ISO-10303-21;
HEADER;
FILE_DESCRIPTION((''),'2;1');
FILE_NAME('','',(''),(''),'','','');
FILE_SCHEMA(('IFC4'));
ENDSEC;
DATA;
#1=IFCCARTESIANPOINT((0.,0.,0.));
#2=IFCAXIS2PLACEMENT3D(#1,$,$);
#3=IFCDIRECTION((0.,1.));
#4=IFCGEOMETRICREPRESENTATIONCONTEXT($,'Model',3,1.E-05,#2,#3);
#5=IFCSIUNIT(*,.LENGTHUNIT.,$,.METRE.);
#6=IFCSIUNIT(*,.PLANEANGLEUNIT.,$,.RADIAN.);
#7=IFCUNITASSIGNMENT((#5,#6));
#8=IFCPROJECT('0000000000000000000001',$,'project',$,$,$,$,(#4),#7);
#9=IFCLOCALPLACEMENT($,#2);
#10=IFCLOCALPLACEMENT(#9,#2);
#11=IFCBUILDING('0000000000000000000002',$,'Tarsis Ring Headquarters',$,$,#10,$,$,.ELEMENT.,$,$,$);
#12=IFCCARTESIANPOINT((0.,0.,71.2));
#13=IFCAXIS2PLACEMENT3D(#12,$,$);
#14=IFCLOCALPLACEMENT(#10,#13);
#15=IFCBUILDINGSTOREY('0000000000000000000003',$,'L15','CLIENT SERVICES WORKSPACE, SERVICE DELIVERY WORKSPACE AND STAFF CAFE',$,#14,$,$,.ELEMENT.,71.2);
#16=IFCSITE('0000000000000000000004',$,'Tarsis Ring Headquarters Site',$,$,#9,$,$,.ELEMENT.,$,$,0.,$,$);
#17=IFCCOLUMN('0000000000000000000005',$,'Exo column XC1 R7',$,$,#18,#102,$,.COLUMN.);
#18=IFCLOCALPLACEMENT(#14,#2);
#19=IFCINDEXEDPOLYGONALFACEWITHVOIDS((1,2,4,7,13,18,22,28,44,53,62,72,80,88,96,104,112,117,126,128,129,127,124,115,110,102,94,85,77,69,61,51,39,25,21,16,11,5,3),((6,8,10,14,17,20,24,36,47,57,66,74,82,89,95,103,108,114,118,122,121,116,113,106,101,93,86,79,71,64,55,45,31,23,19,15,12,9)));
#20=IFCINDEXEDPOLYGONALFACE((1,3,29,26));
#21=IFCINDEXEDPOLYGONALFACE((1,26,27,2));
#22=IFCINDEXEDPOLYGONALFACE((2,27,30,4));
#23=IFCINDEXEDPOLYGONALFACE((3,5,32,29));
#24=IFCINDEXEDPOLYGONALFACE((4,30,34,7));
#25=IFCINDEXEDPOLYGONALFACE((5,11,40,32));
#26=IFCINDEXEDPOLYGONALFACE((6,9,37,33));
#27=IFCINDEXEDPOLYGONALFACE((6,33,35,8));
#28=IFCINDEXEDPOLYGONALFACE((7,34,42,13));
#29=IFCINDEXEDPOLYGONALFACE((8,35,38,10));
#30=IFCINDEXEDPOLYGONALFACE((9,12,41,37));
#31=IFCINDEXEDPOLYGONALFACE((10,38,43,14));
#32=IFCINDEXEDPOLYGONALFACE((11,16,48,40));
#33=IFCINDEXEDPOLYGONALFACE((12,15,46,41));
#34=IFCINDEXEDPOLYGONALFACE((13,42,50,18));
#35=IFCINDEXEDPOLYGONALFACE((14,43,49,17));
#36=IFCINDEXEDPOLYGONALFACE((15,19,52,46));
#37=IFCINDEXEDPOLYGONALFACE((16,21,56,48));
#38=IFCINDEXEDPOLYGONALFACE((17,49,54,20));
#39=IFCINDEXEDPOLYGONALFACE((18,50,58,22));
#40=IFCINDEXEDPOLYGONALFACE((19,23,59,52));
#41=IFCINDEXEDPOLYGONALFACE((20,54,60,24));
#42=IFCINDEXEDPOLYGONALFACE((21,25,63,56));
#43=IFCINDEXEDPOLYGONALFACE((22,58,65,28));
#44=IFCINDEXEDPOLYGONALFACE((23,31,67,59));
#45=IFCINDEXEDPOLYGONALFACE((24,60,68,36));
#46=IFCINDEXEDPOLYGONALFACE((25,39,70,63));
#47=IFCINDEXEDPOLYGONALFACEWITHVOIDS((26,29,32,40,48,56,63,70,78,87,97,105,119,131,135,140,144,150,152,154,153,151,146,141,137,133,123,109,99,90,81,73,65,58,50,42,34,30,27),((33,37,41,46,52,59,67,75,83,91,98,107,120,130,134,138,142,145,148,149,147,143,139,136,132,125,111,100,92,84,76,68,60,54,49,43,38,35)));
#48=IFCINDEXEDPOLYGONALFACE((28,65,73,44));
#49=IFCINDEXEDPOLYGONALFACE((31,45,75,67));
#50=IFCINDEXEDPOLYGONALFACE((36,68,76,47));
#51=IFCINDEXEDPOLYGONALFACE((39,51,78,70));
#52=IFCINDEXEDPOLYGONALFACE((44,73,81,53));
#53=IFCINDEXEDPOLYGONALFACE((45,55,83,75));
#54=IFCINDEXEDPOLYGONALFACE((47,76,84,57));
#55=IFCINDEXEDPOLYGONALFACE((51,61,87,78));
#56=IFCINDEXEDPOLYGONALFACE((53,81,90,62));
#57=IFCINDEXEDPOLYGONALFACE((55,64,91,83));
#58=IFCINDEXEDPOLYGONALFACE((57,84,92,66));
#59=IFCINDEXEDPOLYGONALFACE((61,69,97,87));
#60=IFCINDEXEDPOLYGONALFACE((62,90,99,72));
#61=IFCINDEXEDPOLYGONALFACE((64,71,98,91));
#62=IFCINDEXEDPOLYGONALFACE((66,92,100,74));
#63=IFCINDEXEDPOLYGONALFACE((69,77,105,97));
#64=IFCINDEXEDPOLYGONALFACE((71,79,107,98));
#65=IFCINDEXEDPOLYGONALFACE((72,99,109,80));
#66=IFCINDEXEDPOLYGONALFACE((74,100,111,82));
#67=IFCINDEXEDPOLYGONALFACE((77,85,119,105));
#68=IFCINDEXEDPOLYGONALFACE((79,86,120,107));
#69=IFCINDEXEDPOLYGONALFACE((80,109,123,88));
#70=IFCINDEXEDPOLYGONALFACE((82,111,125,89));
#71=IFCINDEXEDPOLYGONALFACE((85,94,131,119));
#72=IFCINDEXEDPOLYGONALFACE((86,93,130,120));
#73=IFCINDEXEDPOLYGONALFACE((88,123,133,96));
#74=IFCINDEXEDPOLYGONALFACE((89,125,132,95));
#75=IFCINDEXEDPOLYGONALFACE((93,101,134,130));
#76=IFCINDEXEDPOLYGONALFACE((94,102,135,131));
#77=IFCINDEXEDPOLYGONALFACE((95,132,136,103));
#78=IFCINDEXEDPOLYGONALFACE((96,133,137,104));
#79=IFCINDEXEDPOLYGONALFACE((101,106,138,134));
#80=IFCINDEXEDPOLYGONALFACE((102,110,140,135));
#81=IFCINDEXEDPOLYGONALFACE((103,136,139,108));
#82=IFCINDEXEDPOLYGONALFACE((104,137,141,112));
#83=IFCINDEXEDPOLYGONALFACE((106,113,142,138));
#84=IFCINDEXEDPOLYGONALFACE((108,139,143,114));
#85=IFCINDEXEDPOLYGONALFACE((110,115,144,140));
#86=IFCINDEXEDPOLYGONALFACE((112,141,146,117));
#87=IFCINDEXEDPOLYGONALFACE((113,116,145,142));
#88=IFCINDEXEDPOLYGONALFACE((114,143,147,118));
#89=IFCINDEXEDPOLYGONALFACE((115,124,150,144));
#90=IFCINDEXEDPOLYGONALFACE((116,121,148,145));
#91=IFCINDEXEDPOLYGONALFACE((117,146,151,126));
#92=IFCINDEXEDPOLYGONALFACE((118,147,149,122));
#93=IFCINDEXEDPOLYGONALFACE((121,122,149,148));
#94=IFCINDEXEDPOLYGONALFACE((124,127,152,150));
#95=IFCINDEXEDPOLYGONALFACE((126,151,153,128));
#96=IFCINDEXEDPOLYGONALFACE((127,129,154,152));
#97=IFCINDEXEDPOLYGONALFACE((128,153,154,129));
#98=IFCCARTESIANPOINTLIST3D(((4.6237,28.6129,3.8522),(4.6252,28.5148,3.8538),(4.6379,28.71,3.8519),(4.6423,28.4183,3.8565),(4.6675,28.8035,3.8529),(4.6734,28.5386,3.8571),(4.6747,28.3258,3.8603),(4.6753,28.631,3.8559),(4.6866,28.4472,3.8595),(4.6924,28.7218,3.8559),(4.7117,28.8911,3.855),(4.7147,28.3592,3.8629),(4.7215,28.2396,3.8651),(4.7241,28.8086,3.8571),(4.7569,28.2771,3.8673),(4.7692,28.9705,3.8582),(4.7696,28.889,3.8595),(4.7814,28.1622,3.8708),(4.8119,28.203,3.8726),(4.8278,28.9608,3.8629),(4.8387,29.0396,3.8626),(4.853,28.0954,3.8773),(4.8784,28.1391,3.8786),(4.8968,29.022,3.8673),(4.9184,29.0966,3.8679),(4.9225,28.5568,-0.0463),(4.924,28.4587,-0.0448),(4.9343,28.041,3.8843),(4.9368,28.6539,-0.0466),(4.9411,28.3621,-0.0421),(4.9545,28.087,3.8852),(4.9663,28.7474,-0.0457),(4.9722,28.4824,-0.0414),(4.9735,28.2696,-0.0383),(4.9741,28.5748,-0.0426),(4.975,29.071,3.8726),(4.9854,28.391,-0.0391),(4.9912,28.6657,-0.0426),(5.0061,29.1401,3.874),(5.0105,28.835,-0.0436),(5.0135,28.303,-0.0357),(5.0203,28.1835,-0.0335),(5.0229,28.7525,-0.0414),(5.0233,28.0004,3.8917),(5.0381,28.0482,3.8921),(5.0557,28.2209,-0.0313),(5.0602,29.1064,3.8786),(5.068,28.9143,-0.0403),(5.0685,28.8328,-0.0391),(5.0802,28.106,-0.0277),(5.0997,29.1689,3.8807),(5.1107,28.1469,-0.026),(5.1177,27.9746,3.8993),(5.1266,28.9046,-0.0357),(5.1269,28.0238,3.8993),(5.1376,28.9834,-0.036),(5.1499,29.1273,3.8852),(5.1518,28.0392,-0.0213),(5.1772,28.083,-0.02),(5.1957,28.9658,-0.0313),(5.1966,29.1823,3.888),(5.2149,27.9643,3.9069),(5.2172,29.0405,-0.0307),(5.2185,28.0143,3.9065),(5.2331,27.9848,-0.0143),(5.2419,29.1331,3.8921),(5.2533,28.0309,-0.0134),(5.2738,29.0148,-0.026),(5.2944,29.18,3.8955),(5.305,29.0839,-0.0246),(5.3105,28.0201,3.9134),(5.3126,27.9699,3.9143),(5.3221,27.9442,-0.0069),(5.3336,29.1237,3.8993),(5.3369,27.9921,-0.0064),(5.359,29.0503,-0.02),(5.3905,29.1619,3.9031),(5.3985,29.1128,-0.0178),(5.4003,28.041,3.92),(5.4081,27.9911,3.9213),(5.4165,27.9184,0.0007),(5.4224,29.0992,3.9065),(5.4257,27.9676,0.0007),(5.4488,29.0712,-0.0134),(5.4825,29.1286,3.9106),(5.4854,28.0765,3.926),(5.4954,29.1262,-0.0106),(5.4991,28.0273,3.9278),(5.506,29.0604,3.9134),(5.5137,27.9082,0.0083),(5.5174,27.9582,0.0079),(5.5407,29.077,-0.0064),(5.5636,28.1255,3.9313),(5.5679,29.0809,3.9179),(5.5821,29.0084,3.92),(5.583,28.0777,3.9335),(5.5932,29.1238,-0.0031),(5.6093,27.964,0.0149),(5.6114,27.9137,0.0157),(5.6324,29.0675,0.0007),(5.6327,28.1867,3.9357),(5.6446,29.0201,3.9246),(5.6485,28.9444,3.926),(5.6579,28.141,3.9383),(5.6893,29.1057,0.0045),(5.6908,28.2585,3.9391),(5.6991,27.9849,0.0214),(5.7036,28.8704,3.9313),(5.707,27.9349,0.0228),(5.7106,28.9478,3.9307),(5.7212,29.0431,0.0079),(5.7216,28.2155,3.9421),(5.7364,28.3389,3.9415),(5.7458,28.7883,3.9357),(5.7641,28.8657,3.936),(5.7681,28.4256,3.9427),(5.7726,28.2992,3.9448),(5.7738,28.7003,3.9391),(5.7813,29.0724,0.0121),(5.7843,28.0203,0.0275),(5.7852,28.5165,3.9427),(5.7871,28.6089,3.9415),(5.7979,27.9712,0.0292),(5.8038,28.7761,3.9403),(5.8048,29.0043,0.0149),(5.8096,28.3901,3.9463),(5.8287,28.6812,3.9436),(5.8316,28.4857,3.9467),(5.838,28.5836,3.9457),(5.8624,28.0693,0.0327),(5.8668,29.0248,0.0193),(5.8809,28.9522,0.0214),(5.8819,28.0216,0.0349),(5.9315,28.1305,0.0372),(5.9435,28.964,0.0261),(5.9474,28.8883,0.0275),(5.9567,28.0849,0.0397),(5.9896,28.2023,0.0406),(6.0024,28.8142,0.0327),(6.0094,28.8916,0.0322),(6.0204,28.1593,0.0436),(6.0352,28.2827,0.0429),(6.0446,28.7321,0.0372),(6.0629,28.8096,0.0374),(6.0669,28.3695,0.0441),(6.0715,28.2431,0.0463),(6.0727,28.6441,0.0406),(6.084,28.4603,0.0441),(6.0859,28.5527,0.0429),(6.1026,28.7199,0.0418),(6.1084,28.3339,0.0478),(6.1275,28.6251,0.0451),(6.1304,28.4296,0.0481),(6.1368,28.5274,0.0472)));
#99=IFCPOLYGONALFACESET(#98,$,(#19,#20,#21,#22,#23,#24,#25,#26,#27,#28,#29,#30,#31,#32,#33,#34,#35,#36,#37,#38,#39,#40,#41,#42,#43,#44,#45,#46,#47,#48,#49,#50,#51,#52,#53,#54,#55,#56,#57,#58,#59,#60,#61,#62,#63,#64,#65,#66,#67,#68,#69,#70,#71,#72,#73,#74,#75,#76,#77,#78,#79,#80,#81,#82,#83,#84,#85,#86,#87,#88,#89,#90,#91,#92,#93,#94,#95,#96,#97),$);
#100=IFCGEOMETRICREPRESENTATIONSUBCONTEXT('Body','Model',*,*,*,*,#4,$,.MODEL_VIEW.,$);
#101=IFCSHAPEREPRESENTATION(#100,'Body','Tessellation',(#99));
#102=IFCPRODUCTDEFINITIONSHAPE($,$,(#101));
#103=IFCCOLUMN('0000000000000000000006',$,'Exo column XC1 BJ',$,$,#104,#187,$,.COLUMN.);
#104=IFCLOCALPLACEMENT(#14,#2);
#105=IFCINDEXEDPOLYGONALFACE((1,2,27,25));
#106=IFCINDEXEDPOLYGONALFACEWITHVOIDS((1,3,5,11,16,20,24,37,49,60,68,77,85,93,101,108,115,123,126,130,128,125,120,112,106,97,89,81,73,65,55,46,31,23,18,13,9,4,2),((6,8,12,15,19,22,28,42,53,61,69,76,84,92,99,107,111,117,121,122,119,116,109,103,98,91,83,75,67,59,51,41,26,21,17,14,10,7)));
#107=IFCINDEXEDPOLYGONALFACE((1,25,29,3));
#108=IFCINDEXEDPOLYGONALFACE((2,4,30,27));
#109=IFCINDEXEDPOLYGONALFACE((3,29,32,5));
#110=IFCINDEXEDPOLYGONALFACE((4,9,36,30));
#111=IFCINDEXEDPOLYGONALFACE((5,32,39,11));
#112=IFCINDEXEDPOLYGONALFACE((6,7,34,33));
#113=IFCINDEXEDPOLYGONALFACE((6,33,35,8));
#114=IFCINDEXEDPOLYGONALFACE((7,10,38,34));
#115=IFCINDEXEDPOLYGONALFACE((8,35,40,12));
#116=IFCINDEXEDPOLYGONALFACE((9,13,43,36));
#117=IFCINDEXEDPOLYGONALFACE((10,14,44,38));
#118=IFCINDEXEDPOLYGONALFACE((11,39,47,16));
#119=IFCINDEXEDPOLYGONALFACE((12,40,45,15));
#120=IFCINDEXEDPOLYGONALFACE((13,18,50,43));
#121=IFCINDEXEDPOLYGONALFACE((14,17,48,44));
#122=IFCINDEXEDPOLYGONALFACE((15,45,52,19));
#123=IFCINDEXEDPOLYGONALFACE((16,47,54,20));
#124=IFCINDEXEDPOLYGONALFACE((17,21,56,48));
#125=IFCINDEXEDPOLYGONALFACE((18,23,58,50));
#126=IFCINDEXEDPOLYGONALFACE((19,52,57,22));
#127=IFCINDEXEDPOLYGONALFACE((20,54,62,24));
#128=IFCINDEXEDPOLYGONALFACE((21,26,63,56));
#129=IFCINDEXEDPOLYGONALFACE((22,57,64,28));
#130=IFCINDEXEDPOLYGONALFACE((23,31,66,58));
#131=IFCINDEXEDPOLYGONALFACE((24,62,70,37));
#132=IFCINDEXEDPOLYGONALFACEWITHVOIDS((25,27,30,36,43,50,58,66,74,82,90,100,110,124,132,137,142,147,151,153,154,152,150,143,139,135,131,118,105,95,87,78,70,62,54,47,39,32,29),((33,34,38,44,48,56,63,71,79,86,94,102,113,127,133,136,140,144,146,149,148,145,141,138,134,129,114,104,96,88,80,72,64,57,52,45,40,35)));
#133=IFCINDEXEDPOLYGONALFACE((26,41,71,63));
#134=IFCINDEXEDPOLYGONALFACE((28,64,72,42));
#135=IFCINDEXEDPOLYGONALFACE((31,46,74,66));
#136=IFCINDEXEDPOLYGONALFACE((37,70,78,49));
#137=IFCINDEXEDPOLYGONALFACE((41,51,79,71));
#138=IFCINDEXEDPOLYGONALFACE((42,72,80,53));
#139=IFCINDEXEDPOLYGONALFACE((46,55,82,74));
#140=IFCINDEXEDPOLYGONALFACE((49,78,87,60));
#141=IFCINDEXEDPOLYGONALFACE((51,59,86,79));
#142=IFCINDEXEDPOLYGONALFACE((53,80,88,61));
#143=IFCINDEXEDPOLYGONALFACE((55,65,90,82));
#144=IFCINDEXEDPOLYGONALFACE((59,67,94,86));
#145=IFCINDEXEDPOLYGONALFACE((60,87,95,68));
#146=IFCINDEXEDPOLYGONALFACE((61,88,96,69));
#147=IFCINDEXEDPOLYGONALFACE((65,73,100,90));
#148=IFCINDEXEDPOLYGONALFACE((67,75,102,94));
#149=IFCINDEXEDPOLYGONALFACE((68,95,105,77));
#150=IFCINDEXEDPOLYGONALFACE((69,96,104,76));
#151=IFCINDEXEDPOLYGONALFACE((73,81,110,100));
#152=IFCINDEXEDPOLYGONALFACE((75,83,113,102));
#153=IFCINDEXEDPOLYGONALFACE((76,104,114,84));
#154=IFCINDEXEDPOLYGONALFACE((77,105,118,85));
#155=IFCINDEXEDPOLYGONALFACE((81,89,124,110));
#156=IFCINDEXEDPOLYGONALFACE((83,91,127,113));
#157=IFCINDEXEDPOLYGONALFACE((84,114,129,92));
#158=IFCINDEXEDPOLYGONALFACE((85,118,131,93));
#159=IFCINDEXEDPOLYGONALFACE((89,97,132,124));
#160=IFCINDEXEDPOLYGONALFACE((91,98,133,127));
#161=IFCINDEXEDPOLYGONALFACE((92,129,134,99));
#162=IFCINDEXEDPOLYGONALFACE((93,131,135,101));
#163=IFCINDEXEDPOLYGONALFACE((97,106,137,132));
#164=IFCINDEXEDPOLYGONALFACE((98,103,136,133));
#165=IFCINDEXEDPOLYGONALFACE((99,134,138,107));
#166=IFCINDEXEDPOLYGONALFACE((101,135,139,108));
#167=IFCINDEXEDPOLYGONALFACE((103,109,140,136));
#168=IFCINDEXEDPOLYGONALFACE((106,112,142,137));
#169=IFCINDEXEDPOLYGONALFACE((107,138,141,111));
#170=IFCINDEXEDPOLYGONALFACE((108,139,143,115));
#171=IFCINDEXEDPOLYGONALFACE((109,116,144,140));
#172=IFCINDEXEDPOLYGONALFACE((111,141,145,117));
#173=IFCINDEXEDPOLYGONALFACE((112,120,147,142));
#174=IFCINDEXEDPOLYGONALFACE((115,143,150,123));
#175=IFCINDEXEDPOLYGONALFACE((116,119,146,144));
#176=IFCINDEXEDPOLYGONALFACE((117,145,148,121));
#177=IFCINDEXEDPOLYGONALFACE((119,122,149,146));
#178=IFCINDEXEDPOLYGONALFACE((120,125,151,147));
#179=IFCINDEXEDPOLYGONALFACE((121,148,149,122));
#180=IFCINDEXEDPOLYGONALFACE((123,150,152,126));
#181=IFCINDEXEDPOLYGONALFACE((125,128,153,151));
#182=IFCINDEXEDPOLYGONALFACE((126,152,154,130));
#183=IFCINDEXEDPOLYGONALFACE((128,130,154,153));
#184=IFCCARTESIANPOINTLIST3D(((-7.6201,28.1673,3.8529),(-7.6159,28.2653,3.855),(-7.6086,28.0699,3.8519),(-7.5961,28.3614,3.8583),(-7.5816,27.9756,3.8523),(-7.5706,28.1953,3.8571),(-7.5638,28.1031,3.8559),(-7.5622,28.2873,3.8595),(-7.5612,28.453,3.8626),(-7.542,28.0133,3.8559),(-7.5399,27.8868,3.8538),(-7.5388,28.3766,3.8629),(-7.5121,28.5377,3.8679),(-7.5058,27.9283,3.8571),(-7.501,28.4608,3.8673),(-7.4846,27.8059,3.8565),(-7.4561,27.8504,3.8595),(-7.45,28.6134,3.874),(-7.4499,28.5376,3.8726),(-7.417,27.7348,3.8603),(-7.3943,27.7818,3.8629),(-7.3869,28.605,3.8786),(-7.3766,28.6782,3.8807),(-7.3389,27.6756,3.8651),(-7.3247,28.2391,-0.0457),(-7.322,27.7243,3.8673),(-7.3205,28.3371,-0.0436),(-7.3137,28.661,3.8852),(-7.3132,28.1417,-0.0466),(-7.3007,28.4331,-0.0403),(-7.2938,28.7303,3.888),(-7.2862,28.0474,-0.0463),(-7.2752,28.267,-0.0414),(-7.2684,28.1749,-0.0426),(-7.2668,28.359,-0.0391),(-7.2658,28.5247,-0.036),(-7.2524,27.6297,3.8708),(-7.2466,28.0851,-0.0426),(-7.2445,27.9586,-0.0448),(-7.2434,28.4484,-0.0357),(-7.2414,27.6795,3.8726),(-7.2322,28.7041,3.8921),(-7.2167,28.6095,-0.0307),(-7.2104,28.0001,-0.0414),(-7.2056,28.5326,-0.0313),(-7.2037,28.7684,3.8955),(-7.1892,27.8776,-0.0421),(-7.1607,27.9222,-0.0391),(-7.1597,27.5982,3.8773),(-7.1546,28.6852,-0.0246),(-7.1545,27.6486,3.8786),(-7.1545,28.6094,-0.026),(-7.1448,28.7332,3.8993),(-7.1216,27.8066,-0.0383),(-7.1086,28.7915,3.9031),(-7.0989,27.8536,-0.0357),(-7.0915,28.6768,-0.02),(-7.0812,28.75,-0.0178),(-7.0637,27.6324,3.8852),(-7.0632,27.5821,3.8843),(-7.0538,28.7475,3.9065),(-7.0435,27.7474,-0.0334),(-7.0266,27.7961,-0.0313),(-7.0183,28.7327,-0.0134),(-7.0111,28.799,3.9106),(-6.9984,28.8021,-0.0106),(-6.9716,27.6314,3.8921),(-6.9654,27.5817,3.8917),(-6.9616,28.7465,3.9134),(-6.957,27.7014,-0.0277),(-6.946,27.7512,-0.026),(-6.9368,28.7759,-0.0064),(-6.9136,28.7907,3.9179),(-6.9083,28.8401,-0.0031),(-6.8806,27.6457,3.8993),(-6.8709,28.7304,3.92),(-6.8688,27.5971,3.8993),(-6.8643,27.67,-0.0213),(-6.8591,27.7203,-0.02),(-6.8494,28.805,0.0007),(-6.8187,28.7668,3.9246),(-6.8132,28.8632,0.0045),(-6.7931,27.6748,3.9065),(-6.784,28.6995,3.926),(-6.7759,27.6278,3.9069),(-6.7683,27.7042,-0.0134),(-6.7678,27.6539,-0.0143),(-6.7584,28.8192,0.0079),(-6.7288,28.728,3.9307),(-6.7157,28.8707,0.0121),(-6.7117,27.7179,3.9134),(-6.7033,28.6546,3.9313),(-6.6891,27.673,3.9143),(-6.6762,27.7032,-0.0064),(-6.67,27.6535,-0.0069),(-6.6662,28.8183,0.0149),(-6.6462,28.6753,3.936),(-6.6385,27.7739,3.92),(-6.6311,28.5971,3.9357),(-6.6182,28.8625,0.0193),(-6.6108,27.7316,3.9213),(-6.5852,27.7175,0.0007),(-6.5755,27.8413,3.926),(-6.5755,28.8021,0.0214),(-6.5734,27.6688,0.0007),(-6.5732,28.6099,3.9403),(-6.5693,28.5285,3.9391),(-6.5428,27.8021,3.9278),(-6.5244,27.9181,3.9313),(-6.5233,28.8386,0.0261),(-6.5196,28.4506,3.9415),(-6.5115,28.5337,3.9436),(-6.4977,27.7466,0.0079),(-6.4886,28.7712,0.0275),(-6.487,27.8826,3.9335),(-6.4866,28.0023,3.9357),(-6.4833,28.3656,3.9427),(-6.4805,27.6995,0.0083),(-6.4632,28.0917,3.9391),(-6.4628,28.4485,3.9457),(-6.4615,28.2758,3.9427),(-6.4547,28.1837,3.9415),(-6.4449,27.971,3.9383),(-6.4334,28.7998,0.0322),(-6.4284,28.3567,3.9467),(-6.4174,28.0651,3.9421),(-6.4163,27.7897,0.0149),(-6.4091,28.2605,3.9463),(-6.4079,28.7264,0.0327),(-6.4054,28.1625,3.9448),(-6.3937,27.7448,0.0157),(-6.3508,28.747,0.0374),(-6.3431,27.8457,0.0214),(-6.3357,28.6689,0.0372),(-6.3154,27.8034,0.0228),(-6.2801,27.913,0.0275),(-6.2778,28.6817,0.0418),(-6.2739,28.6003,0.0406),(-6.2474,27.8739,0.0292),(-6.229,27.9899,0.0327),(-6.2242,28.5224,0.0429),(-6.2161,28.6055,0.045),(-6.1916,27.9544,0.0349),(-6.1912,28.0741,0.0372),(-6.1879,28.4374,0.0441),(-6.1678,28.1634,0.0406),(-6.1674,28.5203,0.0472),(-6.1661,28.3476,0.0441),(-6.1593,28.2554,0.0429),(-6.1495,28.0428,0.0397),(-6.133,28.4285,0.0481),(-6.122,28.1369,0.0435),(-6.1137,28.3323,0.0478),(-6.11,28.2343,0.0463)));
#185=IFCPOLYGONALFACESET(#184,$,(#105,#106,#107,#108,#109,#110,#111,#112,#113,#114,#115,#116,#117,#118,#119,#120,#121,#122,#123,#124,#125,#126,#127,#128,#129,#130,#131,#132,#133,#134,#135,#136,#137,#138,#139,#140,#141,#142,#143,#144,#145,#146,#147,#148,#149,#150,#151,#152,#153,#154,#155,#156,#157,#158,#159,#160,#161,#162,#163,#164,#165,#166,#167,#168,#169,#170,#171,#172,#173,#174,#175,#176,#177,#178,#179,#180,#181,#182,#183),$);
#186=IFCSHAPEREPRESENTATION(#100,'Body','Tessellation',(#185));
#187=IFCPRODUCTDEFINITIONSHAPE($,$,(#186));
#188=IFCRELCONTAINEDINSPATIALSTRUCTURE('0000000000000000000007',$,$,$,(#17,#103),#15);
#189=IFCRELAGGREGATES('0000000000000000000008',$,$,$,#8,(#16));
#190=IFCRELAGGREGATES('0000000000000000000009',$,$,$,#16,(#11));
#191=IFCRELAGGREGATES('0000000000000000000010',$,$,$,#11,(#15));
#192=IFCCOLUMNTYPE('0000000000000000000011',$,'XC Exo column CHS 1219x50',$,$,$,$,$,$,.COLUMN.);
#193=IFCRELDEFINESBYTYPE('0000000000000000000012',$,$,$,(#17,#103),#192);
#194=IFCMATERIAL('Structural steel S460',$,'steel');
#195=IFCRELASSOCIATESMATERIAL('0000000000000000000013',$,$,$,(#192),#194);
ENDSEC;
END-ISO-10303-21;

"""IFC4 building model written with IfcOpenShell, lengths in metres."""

from ifc_helpers import new_model, si_unit, direction, frame, origin, origin_2d, place, context, subcontext, project, spatial, hollow_circle, extrude, material, material_profile, profile_set, type_object, element, save


model = new_model("IFC4")

# Units and contexts
model_context = context("Model", 3, precision=1e-05, world=origin(), true_north=direction((0.0, 1.0)))
body_context = subcontext(model_context, "Body", "Model", "MODEL_VIEW")
ifc_project = project(units=[si_unit("LENGTHUNIT", "METRE"), si_unit("PLANEANGLEUNIT", "RADIAN")], contexts=[model_context])

# Site, building, storey
site_placement = place(None, origin())
site = spatial("IfcSite", under=ifc_project, at=site_placement, Name="Tarsis Ring Headquarters Site", CompositionType="ELEMENT", RefElevation=0.0)
building_placement = place(site_placement, origin())
building = spatial("IfcBuilding", under=site, at=building_placement, Name="Tarsis Ring Headquarters", CompositionType="ELEMENT")
storey_placement = place(building_placement, frame((0.0, 0.0, 71.2)))
storey = spatial("IfcBuildingStorey", under=building, at=storey_placement, Name="L15", Description="CLIENT SERVICES WORKSPACE, SERVICE DELIVERY WORKSPACE AND STAFF CAFE", CompositionType="ELEMENT", Elevation=71.2)

# Columns
ifc_material_1 = material(Name="Structural steel S460", Category="steel")
ifc_material_profile_1 = material_profile(ifc_material_1, hollow_circle(Radius=0.6096, WallThickness=0.05, at=origin_2d()), Name="CHS 1219x50")
ifc_profile_set_1 = profile_set([ifc_material_profile_1], Name="Structural steel S460")
column_type = type_object("IfcColumnType", Name="XC Exo column CHS 1219x50", PredefinedType="COLUMN", material=ifc_profile_set_1)
for number, where, z_axis, x_axis, name in (
    (1, (5.5291, 28.5176, 0.0007), (-0.076416, 0.014359, 0.996973), (-0.184676, -0.982799, 0.0), "Exo column XC1 R7"),
    (2, (-6.7173, 28.2612, 0.0007), (-0.075542, -0.018355, 0.996974), (0.236106, -0.971727, 0.0), "Exo column XC1 BJ"),
):
    element("IfcColumn", number, at=place(storey_placement, frame(where, z_axis=z_axis, x_axis=x_axis)), inside=storey, type_object=column_type, Name=name, PredefinedType="COLUMN", context=body_context, shape_type="SweptSolid", body=[
        extrude(hollow_circle(Radius=0.6096, WallThickness=0.05, at=origin_2d()), origin(), (0.0, 0.0, 1.0), 3.9104),
    ])

save(model, "model.ifc")
